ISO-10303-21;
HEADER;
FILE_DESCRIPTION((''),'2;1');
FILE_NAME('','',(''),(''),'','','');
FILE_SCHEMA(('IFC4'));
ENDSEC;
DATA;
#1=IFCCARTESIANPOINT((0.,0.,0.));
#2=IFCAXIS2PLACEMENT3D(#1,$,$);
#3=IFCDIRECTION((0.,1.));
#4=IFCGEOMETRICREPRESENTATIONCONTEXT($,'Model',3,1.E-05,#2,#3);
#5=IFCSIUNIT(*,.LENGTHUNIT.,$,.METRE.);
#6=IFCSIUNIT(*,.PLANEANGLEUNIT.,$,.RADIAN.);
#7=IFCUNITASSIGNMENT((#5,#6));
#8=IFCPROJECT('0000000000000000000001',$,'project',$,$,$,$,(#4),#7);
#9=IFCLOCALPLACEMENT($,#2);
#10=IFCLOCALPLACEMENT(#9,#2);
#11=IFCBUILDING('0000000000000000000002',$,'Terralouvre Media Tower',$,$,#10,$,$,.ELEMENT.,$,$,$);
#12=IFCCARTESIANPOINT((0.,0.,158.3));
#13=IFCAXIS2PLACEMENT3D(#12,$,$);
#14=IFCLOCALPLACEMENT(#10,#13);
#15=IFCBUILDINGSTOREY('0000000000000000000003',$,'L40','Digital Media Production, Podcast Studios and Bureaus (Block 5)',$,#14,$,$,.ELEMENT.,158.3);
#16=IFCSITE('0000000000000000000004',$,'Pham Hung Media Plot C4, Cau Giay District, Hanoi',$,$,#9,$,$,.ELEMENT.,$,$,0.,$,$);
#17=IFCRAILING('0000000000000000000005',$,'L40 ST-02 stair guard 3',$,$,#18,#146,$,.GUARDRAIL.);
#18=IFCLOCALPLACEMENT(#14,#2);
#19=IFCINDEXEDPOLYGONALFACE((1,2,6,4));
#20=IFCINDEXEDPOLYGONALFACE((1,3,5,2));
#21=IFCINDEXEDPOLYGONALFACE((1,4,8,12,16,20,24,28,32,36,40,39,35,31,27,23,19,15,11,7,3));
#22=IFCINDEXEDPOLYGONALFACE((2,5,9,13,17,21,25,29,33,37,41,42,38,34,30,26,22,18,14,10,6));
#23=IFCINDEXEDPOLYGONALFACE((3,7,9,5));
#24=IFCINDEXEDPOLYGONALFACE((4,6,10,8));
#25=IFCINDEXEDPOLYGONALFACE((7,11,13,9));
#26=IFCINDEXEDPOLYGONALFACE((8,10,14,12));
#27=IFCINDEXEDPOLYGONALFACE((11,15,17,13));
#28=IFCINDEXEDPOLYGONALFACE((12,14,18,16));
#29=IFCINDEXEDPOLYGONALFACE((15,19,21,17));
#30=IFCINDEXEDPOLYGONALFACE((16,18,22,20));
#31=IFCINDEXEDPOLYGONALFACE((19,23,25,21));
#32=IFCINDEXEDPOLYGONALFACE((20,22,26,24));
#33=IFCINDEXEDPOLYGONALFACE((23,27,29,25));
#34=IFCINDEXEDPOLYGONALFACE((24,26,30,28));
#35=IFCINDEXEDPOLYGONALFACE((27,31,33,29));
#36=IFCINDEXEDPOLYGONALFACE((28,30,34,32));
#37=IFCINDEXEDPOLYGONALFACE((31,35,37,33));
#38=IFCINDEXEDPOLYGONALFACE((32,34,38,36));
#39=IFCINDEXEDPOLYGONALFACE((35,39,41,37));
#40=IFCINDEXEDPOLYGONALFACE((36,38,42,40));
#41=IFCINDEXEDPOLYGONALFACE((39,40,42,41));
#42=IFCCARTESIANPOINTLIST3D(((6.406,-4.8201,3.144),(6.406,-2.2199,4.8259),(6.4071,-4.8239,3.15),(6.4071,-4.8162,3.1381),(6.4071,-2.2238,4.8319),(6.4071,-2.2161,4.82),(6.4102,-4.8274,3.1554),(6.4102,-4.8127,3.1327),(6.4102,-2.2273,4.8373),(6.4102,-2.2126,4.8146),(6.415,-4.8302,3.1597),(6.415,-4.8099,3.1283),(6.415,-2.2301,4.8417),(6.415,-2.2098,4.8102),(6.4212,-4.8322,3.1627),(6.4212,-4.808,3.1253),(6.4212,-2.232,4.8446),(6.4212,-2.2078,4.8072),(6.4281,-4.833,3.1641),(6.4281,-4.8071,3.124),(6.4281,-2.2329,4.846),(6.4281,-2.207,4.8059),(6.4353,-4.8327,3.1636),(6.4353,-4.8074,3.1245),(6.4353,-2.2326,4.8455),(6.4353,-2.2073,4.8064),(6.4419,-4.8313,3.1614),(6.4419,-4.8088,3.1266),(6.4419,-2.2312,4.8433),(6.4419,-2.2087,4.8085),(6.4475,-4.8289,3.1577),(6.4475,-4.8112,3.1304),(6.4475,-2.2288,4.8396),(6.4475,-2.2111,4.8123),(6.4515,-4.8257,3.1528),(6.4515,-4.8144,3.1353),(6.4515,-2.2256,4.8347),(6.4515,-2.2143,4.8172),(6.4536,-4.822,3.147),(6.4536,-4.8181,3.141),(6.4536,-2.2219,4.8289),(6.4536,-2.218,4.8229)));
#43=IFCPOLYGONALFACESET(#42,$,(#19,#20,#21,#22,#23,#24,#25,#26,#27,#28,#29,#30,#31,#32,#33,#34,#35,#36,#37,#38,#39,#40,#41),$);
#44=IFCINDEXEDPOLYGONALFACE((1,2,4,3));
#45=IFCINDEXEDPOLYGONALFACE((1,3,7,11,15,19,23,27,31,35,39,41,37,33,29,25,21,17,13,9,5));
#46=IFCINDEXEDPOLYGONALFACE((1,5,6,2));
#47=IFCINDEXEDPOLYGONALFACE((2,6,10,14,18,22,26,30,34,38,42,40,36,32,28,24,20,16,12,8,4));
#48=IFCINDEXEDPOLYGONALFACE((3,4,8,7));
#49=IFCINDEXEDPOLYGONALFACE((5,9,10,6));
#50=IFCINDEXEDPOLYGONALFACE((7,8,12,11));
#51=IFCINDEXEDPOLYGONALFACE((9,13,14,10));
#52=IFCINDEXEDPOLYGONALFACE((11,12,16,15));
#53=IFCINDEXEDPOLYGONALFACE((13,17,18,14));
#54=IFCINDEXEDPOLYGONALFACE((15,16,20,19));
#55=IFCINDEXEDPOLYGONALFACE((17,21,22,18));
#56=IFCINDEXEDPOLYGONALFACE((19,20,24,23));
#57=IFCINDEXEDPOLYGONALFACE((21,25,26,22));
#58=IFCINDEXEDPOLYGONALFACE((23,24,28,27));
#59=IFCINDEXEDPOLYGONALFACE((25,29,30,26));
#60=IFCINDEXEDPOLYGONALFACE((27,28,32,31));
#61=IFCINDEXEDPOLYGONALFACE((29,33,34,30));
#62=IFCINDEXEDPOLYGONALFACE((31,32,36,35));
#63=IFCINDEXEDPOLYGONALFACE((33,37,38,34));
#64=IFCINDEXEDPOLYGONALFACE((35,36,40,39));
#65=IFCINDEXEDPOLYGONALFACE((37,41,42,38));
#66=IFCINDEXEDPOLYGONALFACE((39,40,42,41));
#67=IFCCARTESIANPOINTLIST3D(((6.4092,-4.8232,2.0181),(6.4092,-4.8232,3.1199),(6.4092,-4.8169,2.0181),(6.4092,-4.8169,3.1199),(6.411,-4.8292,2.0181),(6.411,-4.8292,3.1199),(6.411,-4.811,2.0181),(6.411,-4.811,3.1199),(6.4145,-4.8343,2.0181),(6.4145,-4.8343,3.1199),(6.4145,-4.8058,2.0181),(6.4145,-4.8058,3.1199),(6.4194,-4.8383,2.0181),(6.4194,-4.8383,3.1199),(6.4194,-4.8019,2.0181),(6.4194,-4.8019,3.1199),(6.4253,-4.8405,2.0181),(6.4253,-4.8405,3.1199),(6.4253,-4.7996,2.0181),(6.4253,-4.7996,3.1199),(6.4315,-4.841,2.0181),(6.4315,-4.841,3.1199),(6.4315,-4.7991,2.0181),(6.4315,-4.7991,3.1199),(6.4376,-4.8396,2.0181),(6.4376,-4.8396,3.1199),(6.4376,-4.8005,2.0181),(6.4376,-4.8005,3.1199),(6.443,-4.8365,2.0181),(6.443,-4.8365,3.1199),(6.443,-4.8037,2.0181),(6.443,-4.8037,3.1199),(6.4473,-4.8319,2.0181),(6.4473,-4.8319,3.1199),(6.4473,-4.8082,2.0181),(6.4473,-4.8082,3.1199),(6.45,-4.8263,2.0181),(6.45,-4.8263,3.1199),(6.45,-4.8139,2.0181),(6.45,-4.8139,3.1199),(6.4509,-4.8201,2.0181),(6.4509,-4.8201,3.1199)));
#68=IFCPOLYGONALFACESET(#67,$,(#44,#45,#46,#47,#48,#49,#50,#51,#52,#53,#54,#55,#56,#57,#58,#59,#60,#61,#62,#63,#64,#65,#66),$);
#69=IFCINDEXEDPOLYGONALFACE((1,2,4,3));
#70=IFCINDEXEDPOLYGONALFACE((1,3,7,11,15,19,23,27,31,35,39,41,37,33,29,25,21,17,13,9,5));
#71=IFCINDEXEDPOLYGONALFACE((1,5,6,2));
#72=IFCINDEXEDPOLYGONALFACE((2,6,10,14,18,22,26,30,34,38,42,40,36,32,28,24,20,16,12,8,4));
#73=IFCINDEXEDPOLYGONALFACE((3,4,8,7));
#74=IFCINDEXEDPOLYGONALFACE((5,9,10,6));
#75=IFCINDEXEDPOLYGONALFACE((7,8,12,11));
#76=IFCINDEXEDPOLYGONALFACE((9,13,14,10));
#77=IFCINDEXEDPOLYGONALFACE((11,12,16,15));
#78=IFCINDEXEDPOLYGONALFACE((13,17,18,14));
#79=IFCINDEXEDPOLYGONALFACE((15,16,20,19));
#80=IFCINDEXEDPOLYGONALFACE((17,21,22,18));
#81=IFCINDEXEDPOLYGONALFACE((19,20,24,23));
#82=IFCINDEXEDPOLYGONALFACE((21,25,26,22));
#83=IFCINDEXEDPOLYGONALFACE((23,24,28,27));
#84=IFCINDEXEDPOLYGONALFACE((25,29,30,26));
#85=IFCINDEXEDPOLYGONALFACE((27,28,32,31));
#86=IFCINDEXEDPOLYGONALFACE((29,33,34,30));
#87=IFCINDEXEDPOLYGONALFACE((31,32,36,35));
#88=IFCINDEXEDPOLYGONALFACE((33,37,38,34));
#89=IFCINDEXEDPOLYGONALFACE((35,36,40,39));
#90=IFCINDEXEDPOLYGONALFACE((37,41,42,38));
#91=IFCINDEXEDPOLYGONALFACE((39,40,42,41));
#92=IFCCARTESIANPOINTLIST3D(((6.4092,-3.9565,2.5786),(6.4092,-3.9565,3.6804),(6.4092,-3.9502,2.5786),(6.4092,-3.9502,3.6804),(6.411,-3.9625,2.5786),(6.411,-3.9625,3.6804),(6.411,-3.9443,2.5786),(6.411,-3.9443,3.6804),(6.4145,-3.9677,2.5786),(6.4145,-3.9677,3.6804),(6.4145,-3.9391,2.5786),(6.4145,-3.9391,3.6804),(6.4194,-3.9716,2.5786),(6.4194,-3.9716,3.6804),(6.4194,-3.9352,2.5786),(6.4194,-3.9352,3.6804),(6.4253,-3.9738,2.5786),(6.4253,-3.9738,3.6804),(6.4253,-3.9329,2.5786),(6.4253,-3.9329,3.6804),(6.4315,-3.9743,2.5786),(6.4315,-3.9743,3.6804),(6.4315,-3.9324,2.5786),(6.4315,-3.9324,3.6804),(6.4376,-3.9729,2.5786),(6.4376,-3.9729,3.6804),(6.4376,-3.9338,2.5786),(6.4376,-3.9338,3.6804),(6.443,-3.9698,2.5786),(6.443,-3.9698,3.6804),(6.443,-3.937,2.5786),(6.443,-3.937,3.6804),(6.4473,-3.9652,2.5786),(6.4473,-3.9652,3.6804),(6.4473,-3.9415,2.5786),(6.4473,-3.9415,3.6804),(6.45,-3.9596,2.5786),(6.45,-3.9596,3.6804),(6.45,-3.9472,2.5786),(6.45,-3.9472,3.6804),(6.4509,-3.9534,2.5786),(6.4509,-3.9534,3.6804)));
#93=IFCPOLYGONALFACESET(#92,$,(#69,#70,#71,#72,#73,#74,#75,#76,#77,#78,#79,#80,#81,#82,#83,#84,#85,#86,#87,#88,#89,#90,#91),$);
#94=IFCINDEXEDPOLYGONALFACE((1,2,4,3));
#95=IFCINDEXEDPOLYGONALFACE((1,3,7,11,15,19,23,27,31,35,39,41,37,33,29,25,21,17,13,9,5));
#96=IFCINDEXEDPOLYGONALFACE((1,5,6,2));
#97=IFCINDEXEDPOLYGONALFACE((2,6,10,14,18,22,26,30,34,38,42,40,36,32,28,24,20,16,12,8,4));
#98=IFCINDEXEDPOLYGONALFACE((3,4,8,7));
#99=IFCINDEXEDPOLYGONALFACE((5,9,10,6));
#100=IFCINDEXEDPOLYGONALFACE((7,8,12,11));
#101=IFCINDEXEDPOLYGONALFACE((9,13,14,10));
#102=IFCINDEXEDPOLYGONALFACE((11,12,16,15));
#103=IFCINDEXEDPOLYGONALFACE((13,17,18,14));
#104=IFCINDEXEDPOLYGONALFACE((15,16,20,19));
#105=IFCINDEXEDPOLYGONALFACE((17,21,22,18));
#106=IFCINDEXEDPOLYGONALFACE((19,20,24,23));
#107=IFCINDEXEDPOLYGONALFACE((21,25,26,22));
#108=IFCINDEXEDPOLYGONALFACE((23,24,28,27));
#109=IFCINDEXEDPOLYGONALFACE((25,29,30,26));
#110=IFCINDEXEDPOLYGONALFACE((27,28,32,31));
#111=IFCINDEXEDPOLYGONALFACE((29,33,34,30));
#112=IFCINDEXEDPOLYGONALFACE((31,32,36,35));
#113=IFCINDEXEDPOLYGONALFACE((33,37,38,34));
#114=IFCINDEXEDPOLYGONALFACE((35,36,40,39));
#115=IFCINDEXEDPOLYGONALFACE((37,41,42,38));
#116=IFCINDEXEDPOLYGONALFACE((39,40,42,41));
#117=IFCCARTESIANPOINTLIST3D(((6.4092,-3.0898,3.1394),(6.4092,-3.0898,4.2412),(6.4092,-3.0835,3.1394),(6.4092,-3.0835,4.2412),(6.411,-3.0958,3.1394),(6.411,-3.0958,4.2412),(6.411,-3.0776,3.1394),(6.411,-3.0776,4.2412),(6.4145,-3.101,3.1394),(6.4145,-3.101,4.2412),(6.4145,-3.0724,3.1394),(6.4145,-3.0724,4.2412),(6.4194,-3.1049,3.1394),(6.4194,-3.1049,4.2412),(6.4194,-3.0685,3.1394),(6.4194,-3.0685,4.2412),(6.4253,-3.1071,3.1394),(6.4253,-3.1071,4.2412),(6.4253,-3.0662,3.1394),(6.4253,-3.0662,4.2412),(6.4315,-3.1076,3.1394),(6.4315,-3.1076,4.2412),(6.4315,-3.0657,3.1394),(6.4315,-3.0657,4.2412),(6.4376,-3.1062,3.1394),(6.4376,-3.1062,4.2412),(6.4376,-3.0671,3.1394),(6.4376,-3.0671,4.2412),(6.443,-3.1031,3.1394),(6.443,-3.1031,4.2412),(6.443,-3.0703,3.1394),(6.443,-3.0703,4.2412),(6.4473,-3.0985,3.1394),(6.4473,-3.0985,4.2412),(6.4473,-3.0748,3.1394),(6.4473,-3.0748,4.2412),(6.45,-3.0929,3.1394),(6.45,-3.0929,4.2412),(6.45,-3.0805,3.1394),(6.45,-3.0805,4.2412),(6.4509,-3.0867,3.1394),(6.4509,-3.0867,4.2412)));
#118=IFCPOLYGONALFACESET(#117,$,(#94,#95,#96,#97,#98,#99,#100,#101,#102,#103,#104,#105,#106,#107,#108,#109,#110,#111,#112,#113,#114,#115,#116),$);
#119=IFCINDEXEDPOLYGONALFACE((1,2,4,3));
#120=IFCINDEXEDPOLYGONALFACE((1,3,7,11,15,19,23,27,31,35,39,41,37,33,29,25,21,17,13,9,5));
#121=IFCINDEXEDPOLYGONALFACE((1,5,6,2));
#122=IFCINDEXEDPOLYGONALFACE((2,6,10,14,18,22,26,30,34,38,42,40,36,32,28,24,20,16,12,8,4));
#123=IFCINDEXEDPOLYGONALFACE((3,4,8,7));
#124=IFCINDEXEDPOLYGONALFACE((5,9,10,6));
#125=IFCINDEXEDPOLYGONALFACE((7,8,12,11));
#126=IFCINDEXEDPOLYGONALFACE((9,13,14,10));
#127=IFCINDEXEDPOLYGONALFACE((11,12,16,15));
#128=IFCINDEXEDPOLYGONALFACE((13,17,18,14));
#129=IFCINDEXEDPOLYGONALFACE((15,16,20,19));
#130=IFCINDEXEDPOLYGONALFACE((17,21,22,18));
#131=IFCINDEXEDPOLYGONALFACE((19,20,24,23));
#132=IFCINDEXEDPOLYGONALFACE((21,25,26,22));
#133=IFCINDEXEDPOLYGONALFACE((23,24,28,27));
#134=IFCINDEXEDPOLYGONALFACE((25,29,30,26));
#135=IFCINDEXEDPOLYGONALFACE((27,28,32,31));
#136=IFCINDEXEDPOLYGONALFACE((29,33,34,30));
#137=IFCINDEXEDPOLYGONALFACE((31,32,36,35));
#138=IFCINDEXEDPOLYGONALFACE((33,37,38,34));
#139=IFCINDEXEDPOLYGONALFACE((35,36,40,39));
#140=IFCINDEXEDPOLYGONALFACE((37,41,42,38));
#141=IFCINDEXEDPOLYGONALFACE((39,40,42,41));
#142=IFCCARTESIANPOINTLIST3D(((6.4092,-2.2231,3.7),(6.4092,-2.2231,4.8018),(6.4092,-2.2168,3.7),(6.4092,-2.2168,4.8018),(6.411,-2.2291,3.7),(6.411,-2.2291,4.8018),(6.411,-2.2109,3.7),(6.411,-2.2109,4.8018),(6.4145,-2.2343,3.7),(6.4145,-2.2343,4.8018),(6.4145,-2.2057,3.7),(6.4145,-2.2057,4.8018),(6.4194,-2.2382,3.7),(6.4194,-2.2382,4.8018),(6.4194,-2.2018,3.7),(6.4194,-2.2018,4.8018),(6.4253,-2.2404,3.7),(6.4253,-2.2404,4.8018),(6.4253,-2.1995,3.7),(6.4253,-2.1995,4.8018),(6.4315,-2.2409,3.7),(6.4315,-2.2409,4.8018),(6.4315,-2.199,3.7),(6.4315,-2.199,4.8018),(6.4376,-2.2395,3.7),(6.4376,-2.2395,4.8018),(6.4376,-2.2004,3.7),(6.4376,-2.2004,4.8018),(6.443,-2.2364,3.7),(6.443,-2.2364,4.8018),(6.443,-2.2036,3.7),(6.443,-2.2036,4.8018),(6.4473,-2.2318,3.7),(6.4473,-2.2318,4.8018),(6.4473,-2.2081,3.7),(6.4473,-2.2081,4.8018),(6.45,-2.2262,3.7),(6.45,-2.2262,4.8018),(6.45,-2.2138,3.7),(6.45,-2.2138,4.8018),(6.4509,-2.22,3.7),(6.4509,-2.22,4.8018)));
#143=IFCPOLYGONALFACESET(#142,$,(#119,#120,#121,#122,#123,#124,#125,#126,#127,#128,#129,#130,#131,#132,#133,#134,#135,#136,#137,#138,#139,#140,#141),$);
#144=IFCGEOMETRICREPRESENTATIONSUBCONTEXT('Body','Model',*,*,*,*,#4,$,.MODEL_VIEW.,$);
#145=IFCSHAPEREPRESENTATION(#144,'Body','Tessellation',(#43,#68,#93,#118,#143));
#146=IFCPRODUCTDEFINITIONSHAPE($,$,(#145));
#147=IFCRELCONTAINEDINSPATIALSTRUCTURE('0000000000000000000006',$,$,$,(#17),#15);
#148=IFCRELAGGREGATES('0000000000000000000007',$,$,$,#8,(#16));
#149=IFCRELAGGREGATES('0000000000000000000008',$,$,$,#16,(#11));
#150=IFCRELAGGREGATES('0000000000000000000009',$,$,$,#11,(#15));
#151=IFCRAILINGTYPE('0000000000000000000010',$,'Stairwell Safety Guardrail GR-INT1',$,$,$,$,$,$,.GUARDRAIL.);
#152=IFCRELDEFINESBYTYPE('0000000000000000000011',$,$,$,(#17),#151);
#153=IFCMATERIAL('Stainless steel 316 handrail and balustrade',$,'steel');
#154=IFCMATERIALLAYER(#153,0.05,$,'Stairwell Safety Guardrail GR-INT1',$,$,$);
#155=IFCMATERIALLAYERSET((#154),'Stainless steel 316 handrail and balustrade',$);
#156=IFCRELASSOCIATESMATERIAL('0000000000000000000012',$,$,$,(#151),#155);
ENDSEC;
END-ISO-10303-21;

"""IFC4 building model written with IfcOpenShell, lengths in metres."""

from ifc_helpers import new_model, si_unit, direction, frame, origin, origin_2d, place, context, subcontext, project, spatial, circle, extrude, material, layer, layer_set, type_object, element, save


model = new_model("IFC4")

# Units and contexts
model_context = context("Model", 3, precision=1e-05, world=origin(), true_north=direction((0.0, 1.0)))
body_context = subcontext(model_context, "Body", "Model", "MODEL_VIEW")
ifc_project = project(units=[si_unit("LENGTHUNIT", "METRE"), si_unit("PLANEANGLEUNIT", "RADIAN")], contexts=[model_context])

# Site, building, storey
site_placement = place(None, origin())
site = spatial("IfcSite", under=ifc_project, at=site_placement, Name="Pham Hung Media Plot C4, Cau Giay District, Hanoi", CompositionType="ELEMENT", RefElevation=0.0)
building_placement = place(site_placement, origin())
building = spatial("IfcBuilding", under=site, at=building_placement, Name="Terralouvre Media Tower", CompositionType="ELEMENT")
storey_placement = place(building_placement, frame((0.0, 0.0, 158.3)))
storey = spatial("IfcBuildingStorey", under=building, at=storey_placement, Name="L40", Description="Digital Media Production, Podcast Studios and Bureaus (Block 5)", CompositionType="ELEMENT", Elevation=158.3)

# Railing
ifc_material_1 = material(Name="Stainless steel 316 handrail and balustrade", Category="steel")
ifc_layer_1 = layer(ifc_material_1, 0.05, Name="Stairwell Safety Guardrail GR-INT1")
ifc_layer_set_1 = layer_set([ifc_layer_1], Name="Stainless steel 316 handrail and balustrade")
railing_type_1 = type_object("IfcRailingType", Name="Stairwell Safety Guardrail GR-INT1", PredefinedType="GUARDRAIL", material=ifc_layer_set_1)
railing_1_placement = place(storey_placement, frame((6.4299, -4.8201, 2.0181)))
element("IfcRailing", 1, at=railing_1_placement, inside=storey, type_object=railing_type_1, Name="L40 ST-02 stair guard 3", PredefinedType="GUARDRAIL", context=body_context, shape_type="SweptSolid", body=[
    extrude(circle(Radius=0.0239, at=origin_2d()), frame((0.0, 0.0, 1.126), z_axis=(0.0, 0.839648, 0.54313), x_axis=(-1.0, 0.0, 0.0)), (0.0, 0.0, 1.0), 3.0967),
    extrude(circle(Radius=0.021, at=origin_2d()), origin(), (0.0, 0.0, 1.0), 1.1018),
    extrude(circle(Radius=0.021, at=origin_2d()), frame((0.0, 0.8667, 0.5605)), (0.0, 0.0, 1.0), 1.1018),
    extrude(circle(Radius=0.021, at=origin_2d()), frame((0.0, 1.7334, 1.1213)), (0.0, 0.0, 1.0), 1.1018),
    extrude(circle(Radius=0.021, at=origin_2d()), frame((0.0, 2.6001, 1.6819)), (0.0, 0.0, 1.0), 1.1018),
])

save(model, "model.ifc")
